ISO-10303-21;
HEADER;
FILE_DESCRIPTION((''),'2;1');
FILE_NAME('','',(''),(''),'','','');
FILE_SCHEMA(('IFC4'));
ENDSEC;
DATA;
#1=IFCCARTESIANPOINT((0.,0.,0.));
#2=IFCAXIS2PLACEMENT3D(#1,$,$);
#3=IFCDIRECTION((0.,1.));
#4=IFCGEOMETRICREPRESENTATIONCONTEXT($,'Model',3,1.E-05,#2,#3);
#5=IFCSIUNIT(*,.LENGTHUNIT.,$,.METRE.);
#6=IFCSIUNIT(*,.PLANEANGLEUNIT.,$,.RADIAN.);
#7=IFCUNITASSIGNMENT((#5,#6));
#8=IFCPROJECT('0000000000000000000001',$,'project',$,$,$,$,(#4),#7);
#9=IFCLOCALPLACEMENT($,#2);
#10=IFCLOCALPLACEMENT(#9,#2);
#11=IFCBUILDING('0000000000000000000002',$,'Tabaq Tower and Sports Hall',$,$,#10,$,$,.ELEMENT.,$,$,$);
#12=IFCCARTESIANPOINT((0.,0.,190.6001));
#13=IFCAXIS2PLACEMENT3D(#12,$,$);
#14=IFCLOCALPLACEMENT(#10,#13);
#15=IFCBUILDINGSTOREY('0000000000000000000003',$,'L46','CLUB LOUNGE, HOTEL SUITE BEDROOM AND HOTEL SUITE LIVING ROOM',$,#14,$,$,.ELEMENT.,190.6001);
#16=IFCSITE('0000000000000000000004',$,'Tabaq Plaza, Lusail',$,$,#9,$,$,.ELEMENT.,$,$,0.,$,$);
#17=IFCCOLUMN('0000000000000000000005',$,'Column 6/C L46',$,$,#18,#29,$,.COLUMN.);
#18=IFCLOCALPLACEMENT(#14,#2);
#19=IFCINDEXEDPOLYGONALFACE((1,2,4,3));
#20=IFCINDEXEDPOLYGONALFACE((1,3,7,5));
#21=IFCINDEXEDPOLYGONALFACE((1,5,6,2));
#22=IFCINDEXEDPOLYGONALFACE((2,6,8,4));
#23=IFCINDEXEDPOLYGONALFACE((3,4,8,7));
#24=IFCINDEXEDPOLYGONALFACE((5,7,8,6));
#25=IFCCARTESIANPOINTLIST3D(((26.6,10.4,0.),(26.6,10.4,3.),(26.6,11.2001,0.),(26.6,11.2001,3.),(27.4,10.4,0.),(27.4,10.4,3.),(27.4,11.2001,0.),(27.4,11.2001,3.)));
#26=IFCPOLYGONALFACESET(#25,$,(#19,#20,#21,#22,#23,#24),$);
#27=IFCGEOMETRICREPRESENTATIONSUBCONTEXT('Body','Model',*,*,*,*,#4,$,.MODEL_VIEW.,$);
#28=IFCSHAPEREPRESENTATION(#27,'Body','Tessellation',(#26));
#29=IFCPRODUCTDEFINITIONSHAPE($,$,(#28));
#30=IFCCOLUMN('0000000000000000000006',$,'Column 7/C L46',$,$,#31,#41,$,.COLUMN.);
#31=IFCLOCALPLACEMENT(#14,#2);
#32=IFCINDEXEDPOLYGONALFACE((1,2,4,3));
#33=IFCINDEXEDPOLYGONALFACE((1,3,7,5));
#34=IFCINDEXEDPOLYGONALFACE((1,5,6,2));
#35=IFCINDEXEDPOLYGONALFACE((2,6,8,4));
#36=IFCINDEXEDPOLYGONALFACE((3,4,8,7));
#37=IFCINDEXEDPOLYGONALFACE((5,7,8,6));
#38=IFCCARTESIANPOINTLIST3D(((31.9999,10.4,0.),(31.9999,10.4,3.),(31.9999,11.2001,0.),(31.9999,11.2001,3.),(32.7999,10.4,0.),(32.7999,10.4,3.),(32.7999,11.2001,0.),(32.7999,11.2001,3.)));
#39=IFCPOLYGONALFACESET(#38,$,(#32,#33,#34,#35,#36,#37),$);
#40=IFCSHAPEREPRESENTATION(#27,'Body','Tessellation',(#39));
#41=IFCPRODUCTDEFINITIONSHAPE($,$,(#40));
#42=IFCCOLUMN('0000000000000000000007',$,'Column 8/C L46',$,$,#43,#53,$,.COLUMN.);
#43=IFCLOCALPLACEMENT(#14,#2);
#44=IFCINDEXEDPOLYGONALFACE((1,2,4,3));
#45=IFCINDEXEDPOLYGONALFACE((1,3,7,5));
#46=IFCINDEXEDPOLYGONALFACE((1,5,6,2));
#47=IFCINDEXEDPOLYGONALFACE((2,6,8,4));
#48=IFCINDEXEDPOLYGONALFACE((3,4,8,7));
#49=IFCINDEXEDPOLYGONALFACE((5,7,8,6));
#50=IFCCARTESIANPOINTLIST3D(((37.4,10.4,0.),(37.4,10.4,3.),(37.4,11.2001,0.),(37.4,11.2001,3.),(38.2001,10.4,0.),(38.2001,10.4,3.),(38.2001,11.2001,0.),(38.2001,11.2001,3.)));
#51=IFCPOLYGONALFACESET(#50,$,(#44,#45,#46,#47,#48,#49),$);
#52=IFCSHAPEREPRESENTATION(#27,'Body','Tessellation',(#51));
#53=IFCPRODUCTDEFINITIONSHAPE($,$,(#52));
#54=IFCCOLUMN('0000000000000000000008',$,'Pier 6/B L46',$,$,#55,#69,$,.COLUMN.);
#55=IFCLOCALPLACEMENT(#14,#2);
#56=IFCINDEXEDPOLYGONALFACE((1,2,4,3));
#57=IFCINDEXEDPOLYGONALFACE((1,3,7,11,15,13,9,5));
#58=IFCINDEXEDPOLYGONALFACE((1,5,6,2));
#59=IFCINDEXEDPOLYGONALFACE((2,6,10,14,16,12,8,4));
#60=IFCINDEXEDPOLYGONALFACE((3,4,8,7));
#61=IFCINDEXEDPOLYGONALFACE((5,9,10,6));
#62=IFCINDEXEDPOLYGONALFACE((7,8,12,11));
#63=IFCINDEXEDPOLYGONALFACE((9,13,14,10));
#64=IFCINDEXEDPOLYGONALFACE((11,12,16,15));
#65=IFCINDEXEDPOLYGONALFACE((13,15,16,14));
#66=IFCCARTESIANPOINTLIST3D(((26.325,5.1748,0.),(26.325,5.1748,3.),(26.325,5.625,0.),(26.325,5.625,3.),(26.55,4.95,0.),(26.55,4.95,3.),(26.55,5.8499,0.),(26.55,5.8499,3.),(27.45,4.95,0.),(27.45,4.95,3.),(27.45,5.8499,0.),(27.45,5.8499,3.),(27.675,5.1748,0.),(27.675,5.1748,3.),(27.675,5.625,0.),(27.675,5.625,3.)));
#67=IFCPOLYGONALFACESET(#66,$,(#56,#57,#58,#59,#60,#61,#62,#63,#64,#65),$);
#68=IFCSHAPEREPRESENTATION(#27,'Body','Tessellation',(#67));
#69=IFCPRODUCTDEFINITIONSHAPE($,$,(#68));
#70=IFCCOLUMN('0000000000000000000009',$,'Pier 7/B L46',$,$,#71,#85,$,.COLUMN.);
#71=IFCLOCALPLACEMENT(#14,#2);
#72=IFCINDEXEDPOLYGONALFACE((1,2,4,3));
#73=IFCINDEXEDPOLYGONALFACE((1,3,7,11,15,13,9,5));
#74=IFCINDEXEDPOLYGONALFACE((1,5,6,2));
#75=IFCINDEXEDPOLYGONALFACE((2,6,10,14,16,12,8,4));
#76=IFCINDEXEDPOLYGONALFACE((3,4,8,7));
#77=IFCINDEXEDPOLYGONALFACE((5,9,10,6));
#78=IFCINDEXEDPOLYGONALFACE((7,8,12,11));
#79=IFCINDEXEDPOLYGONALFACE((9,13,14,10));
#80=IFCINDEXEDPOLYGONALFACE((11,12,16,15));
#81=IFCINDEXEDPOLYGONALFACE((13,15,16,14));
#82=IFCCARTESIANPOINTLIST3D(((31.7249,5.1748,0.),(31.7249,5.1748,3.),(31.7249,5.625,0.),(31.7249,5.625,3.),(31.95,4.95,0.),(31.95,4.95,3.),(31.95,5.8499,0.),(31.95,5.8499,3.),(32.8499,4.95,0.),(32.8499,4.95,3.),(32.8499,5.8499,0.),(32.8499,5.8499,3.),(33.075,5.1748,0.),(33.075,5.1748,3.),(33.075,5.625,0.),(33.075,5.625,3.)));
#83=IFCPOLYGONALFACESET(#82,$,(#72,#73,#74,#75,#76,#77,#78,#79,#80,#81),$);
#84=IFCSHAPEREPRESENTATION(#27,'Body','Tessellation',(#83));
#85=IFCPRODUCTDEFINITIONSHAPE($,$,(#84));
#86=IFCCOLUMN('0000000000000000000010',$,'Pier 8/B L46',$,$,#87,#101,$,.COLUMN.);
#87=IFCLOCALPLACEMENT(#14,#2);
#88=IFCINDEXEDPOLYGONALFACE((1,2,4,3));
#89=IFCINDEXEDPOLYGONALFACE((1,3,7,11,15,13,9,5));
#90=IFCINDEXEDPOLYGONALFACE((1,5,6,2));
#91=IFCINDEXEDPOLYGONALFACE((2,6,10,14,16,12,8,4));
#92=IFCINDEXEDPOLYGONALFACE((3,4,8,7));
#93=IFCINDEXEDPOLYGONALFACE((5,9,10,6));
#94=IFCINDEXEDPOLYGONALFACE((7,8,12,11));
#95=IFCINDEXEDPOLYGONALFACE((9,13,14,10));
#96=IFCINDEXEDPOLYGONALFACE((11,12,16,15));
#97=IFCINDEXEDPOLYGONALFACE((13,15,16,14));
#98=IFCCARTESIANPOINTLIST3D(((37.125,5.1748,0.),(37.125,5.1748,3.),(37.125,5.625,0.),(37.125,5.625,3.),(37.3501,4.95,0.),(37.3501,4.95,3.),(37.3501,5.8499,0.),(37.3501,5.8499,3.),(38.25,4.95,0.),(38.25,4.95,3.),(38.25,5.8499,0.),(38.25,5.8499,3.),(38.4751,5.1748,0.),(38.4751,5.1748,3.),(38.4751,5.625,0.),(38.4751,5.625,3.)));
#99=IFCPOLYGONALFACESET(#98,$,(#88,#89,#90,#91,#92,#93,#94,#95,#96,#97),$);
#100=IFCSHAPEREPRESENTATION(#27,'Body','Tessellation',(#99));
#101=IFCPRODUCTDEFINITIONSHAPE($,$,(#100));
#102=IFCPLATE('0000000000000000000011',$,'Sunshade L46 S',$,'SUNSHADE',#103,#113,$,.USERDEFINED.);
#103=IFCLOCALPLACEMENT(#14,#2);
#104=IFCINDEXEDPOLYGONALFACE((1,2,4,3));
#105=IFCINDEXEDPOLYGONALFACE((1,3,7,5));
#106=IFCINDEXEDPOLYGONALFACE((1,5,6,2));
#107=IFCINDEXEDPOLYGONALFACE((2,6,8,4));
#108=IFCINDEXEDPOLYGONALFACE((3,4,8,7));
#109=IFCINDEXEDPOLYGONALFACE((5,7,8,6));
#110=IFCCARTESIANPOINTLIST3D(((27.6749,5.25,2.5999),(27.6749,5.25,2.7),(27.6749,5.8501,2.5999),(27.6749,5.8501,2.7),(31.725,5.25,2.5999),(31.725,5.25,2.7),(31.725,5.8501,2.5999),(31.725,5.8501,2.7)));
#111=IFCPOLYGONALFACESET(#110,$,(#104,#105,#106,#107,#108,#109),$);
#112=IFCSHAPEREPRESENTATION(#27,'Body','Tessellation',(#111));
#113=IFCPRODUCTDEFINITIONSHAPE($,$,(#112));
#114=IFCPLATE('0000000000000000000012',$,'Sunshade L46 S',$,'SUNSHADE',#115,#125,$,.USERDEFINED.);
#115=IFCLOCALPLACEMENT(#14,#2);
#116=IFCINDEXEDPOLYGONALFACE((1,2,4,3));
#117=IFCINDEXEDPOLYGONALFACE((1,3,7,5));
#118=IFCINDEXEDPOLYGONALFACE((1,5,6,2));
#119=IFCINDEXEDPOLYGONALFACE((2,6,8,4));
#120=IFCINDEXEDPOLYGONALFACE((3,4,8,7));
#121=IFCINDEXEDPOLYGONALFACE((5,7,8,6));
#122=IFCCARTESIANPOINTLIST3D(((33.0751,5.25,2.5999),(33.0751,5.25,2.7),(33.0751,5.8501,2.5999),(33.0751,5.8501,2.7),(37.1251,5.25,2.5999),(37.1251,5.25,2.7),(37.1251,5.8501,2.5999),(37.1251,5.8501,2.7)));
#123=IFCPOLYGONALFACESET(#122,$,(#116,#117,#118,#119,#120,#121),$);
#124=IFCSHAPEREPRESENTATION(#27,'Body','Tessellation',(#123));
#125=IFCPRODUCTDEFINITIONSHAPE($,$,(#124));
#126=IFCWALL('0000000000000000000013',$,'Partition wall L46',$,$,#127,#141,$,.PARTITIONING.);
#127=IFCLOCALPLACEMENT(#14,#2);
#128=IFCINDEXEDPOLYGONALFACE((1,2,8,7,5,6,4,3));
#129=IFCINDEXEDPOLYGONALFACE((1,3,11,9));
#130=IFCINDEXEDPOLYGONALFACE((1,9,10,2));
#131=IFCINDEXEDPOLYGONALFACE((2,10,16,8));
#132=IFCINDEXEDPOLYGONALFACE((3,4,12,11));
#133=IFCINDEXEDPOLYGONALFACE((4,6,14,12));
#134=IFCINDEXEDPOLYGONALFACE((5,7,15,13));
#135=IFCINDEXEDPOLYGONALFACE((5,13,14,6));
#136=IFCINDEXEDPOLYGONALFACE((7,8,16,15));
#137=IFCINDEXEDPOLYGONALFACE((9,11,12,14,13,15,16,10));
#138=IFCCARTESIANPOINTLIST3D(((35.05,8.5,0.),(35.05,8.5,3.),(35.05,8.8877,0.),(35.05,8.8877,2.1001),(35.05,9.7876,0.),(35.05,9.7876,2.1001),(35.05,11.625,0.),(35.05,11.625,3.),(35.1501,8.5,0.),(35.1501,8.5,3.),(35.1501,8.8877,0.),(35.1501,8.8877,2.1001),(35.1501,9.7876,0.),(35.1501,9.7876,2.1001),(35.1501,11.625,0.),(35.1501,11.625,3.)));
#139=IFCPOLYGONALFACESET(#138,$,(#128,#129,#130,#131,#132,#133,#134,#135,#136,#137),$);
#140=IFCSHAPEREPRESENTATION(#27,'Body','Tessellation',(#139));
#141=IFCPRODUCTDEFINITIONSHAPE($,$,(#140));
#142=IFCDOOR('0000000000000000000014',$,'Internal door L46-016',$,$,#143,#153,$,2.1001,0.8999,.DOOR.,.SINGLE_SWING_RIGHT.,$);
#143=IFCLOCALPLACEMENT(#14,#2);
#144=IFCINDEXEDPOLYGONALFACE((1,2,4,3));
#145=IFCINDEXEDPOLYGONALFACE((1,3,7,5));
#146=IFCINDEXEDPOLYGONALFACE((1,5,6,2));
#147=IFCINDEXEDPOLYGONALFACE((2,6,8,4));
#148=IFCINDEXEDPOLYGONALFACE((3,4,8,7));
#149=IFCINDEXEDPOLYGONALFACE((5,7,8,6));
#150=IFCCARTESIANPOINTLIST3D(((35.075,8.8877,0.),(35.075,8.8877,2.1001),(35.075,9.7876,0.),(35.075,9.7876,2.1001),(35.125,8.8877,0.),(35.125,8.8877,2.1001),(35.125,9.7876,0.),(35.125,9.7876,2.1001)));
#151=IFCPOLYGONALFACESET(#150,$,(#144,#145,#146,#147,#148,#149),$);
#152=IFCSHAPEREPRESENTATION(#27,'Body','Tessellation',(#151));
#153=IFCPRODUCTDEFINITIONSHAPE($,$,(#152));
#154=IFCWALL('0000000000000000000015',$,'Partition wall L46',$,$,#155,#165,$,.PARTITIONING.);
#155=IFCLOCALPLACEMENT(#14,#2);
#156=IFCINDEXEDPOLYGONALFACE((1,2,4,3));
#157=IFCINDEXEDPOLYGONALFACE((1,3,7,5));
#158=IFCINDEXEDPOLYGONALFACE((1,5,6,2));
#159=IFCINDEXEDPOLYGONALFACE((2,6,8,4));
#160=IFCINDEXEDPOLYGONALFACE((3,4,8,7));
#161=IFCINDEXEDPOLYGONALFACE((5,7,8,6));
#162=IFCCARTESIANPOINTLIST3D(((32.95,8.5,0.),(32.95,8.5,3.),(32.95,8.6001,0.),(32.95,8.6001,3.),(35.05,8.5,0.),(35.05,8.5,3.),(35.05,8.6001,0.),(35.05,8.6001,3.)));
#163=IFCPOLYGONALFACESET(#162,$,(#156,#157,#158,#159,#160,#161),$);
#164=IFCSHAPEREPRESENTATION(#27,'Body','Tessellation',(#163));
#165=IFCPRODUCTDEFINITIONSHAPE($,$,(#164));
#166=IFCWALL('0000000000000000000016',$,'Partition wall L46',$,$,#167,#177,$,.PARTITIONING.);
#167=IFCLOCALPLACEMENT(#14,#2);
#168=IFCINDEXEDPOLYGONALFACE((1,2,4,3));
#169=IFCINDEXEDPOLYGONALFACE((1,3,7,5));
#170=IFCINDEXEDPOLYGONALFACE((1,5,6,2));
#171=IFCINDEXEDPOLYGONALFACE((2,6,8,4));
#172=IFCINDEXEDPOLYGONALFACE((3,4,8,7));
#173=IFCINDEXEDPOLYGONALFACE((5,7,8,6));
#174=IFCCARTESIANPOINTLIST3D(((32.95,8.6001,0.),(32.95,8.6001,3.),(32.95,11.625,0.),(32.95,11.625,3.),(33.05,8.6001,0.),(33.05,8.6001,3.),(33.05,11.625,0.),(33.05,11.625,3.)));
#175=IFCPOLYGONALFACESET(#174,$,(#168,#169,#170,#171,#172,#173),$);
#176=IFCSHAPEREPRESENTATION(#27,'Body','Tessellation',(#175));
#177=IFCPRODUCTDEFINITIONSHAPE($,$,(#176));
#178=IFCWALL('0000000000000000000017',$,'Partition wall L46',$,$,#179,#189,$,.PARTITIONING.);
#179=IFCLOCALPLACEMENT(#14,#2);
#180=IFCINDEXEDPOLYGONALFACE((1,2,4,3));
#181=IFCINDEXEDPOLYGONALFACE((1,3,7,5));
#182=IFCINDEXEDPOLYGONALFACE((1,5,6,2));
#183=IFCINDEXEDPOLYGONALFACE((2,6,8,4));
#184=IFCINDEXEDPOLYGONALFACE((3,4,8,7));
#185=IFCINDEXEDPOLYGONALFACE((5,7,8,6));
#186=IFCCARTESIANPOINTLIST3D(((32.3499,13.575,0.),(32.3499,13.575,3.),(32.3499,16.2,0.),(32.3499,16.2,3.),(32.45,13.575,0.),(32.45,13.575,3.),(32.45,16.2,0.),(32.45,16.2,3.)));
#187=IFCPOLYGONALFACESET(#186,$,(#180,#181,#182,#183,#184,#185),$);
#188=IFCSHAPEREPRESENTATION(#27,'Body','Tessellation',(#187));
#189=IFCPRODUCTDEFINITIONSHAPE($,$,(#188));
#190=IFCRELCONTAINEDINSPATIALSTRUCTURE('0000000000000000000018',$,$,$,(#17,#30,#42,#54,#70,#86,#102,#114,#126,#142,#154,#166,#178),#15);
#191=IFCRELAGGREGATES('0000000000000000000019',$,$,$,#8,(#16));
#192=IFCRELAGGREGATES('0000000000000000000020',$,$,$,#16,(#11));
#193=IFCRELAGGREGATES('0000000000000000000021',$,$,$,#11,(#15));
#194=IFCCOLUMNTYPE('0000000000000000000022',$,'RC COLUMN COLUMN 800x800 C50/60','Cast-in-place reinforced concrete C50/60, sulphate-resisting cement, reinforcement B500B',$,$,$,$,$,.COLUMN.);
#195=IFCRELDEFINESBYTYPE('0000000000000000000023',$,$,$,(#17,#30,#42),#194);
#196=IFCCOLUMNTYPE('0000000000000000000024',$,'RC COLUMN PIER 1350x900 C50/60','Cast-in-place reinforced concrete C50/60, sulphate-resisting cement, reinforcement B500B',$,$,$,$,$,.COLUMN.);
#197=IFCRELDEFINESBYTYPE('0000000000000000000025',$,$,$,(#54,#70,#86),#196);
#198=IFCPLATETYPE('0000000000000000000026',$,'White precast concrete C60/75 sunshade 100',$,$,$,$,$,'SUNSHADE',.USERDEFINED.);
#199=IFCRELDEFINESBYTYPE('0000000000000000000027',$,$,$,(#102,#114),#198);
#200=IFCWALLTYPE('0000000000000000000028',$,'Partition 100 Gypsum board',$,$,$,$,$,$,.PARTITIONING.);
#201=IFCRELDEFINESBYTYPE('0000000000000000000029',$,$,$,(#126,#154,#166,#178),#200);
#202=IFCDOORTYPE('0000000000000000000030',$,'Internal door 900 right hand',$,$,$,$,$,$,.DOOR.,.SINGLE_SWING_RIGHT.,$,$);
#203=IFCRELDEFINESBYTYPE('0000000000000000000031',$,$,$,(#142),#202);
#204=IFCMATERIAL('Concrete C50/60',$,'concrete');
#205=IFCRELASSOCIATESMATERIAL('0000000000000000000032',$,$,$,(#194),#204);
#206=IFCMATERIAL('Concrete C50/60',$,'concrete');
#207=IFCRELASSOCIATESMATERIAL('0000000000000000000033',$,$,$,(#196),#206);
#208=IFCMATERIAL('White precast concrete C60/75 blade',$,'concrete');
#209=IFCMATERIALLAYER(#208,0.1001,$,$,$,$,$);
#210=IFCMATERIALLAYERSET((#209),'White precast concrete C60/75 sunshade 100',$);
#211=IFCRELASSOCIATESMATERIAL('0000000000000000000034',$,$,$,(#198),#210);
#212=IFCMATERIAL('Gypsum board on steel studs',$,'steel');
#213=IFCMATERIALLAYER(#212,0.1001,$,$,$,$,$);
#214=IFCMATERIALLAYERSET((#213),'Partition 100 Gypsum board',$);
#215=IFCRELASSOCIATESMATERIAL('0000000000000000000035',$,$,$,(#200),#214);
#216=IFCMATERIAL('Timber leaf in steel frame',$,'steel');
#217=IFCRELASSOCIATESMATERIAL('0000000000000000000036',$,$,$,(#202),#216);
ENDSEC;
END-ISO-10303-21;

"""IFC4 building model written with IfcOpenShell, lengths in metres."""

from ifc_helpers import new_model, si_unit, direction, frame, frame_2d, origin, origin_2d, place, context, subcontext, project, spatial, polyline, rectangle, outline, extrude, material, layer, layer_set, material_profile, profile_set, type_object, element, fill, save


model = new_model("IFC4")

# Units and contexts
model_context = context("Model", 3, precision=1e-05, world=origin(), true_north=direction((0.0, 1.0)))
body_context = subcontext(model_context, "Body", "Model", "MODEL_VIEW")
ifc_project = project(units=[si_unit("LENGTHUNIT", "METRE"), si_unit("PLANEANGLEUNIT", "RADIAN")], contexts=[model_context])

# Site, building, storey
site_placement = place(None, origin())
site = spatial("IfcSite", under=ifc_project, at=site_placement, Name="Tabaq Plaza, Lusail", CompositionType="ELEMENT", RefElevation=0.0)
building_placement = place(site_placement, origin())
building = spatial("IfcBuilding", under=site, at=building_placement, Name="Tabaq Tower and Sports Hall", CompositionType="ELEMENT")
storey_placement = place(building_placement, frame((0.0, 0.0, 190.6001)))
storey = spatial("IfcBuildingStorey", under=building, at=storey_placement, Name="L46", Description="CLUB LOUNGE, HOTEL SUITE BEDROOM AND HOTEL SUITE LIVING ROOM", CompositionType="ELEMENT", Elevation=190.6001)

# Columns
ifc_material_1 = material(Name="Concrete C50/60", Category="concrete")
ifc_material_profile_1 = material_profile(ifc_material_1, rectangle(XDim=0.8, YDim=0.8, at=origin_2d()), Name="COLUMN 800x800")
ifc_profile_set_1 = profile_set([ifc_material_profile_1], Name="Concrete C50/60")
column_type_1 = type_object("IfcColumnType", Name="RC COLUMN COLUMN 800x800 C50/60", Description="Cast-in-place reinforced concrete C50/60, sulphate-resisting cement, reinforcement B500B", PredefinedType="COLUMN", material=ifc_profile_set_1)
for number, where, z_axis, x_axis, name in (
    (1, (27.0, 10.8, 0.0), (0.0, 0.0, 1.0), (1.0, 0.0, 0.0), "Column 6/C L46"),
    (2, (32.3999, 10.8, 0.0), (0.0, 0.0, 1.0), (1.0, 0.0, 0.0), "Column 7/C L46"),
    (3, (37.8, 10.8, 0.0), (0.0, 0.0, 1.0), (1.0, 0.0, 0.0), "Column 8/C L46"),
):
    element("IfcColumn", number, at=place(storey_placement, frame(where, z_axis=z_axis, x_axis=x_axis)), inside=storey, type_object=column_type_1, Name=name, PredefinedType="COLUMN", context=body_context, shape_type="SweptSolid", body=[
        extrude(rectangle(XDim=0.8, YDim=0.8, at=origin_2d()), origin(), (0.0, 0.0, 1.0), 3.0),
    ])
ifc_material_2 = material(Name="Concrete C50/60", Category="concrete")
ifc_material_profile_2 = material_profile(ifc_material_2, outline(polyline([(-0.45, -0.45), (0.45, -0.45), (0.675, -0.2251), (0.675, 0.2251), (0.45, 0.45), (-0.45, 0.45), (-0.675, 0.2251), (-0.675, -0.2251), (-0.45, -0.45)])), Name="PIER 1350x900")
ifc_profile_set_2 = profile_set([ifc_material_profile_2], Name="Concrete C50/60")
column_type_2 = type_object("IfcColumnType", Name="RC COLUMN PIER 1350x900 C50/60", Description="Cast-in-place reinforced concrete C50/60, sulphate-resisting cement, reinforcement B500B", PredefinedType="COLUMN", material=ifc_profile_set_2)
for number, where, z_axis, x_axis, name in (
    (4, (27.0, 5.3999, 0.0), (0.0, 0.0, 1.0), (1.0, 0.0, 0.0), "Pier 6/B L46"),
    (5, (32.3999, 5.3999, 0.0), (0.0, 0.0, 1.0), (1.0, 0.0, 0.0), "Pier 7/B L46"),
    (6, (37.8, 5.3999, 0.0), (0.0, 0.0, 1.0), (1.0, 0.0, 0.0), "Pier 8/B L46"),
):
    element("IfcColumn", number, at=place(storey_placement, frame(where, z_axis=z_axis, x_axis=x_axis)), inside=storey, type_object=column_type_2, Name=name, PredefinedType="COLUMN", context=body_context, shape_type="SweptSolid", body=[
        extrude(outline(polyline([(-0.45, -0.45), (0.45, -0.45), (0.675, -0.2251), (0.675, 0.2251), (0.45, 0.45), (-0.45, 0.45), (-0.675, 0.2251), (-0.675, -0.2251), (-0.45, -0.45)])), origin(), (0.0, 0.0, 1.0), 3.0),
    ])

# Plates
ifc_material_3 = material(Name="White precast concrete C60/75 blade", Category="concrete")
ifc_layer_1 = layer(ifc_material_3, 0.1001)
ifc_layer_set_1 = layer_set([ifc_layer_1], Name="White precast concrete C60/75 sunshade 100")
plate_type = type_object("IfcPlateType", Name="White precast concrete C60/75 sunshade 100", ElementType="SUNSHADE", PredefinedType="USERDEFINED", material=ifc_layer_set_1)
for number, where, z_axis, x_axis, name in (
    (7, (29.7, 5.55, 2.5999), (0.0, 0.0, 1.0), (1.0, 0.0, 0.0), "Sunshade L46 S"),
    (8, (35.1001, 5.55, 2.5999), (0.0, 0.0, 1.0), (1.0, 0.0, 0.0), "Sunshade L46 S"),
):
    element("IfcPlate", number, at=place(storey_placement, frame(where, z_axis=z_axis, x_axis=x_axis)), inside=storey, type_object=plate_type, Name=name, ObjectType="SUNSHADE", PredefinedType="USERDEFINED", context=body_context, shape_type="SweptSolid", body=[
        extrude(rectangle(XDim=4.05, YDim=0.6001, at=origin_2d()), origin(), (0.0, 0.0, 1.0), 0.1001),
    ])

# Wall, opening, door
ifc_material_4 = material(Name="Gypsum board on steel studs", Category="steel")
ifc_layer_2 = layer(ifc_material_4, 0.1001)
ifc_layer_set_2 = layer_set([ifc_layer_2], Name="Partition 100 Gypsum board")
wall_type_1 = type_object("IfcWallType", Name="Partition 100 Gypsum board", PredefinedType="PARTITIONING", material=ifc_layer_set_2)
wall_1_placement = place(storey_placement, frame((35.1001, 11.625, 0.0), z_axis=(0.0, 0.0, 1.0), x_axis=(0.0, -1.0, 0.0)))
wall_1 = element("IfcWall", 9, at=wall_1_placement, inside=storey, type_object=wall_type_1, Name="Partition wall L46", PredefinedType="PARTITIONING", context=body_context, shape_type="SweptSolid", body=[
    extrude(rectangle(XDim=3.125, YDim=0.1001, at=frame_2d((1.5625, 0.0))), origin(), (0.0, 0.0, 1.0), 3.0),
])
opening_placement = place(wall_1_placement, frame((1.8374, 0.0, 0.0)))
opening = element("IfcOpeningElement", 10, at=opening_placement, cuts=wall_1, PredefinedType="OPENING", context=body_context, shape_type="SweptSolid", body=[
    extrude(rectangle(XDim=0.8999, YDim=2.1001, at=frame_2d((0.45, 1.05))), frame((0.0, 0.05, 0.0), z_axis=(0.0, -1.0, 0.0), x_axis=(1.0, 0.0, 0.0)), (0.0, 0.0, 1.0), 0.1001),
])
ifc_material_5 = material(Name="Timber leaf in steel frame", Category="steel")
door_type = type_object("IfcDoorType", Name="Internal door 900 right hand", OperationType="SINGLE_SWING_RIGHT", PredefinedType="DOOR", material=ifc_material_5)
door_placement = place(opening_placement, origin())
door = element("IfcDoor", 11, at=door_placement, inside=storey, type_object=door_type, Name="Internal door L46-016", OperationType="SINGLE_SWING_RIGHT", OverallHeight=2.1001, OverallWidth=0.8999, PredefinedType="DOOR", context=body_context, shape_type="SweptSolid", body=[
    extrude(rectangle(XDim=0.8999, YDim=2.1001, at=frame_2d((0.45, 1.05))), frame((0.0, 0.0249, 0.0), z_axis=(0.0, -1.0, 0.0), x_axis=(1.0, 0.0, 0.0)), (0.0, 0.0, 1.0), 0.05),
])
fill(opening, door)

# Walls
wall_2_placement = place(storey_placement, frame((35.05, 8.55, 0.0), z_axis=(0.0, 0.0, 1.0), x_axis=(-1.0, 0.0, 0.0)))
element("IfcWall", 12, at=wall_2_placement, inside=storey, type_object=wall_type_1, Name="Partition wall L46", PredefinedType="PARTITIONING", context=body_context, shape_type="SweptSolid", body=[
    extrude(rectangle(XDim=2.1001, YDim=0.1001, at=frame_2d((1.05, 0.0))), origin(), (0.0, 0.0, 1.0), 3.0),
])
wall_3_placement = place(storey_placement, frame((33.0, 8.6001, 0.0), z_axis=(0.0, 0.0, 1.0), x_axis=(0.0, 1.0, 0.0)))
element("IfcWall", 13, at=wall_3_placement, inside=storey, type_object=wall_type_1, Name="Partition wall L46", PredefinedType="PARTITIONING", context=body_context, shape_type="SweptSolid", body=[
    extrude(rectangle(XDim=3.0249, YDim=0.1001, at=frame_2d((1.5125, 0.0))), origin(), (0.0, 0.0, 1.0), 3.0),
])
wall_4_placement = place(storey_placement, frame((32.3999, 13.575, 0.0), z_axis=(0.0, 0.0, 1.0), x_axis=(0.0, 1.0, 0.0)))
element("IfcWall", 14, at=wall_4_placement, inside=storey, type_object=wall_type_1, Name="Partition wall L46", PredefinedType="PARTITIONING", context=body_context, shape_type="SweptSolid", body=[
    extrude(rectangle(XDim=2.625, YDim=0.1001, at=frame_2d((1.3125, 0.0))), origin(), (0.0, 0.0, 1.0), 3.0),
])

save(model, "model.ifc")
